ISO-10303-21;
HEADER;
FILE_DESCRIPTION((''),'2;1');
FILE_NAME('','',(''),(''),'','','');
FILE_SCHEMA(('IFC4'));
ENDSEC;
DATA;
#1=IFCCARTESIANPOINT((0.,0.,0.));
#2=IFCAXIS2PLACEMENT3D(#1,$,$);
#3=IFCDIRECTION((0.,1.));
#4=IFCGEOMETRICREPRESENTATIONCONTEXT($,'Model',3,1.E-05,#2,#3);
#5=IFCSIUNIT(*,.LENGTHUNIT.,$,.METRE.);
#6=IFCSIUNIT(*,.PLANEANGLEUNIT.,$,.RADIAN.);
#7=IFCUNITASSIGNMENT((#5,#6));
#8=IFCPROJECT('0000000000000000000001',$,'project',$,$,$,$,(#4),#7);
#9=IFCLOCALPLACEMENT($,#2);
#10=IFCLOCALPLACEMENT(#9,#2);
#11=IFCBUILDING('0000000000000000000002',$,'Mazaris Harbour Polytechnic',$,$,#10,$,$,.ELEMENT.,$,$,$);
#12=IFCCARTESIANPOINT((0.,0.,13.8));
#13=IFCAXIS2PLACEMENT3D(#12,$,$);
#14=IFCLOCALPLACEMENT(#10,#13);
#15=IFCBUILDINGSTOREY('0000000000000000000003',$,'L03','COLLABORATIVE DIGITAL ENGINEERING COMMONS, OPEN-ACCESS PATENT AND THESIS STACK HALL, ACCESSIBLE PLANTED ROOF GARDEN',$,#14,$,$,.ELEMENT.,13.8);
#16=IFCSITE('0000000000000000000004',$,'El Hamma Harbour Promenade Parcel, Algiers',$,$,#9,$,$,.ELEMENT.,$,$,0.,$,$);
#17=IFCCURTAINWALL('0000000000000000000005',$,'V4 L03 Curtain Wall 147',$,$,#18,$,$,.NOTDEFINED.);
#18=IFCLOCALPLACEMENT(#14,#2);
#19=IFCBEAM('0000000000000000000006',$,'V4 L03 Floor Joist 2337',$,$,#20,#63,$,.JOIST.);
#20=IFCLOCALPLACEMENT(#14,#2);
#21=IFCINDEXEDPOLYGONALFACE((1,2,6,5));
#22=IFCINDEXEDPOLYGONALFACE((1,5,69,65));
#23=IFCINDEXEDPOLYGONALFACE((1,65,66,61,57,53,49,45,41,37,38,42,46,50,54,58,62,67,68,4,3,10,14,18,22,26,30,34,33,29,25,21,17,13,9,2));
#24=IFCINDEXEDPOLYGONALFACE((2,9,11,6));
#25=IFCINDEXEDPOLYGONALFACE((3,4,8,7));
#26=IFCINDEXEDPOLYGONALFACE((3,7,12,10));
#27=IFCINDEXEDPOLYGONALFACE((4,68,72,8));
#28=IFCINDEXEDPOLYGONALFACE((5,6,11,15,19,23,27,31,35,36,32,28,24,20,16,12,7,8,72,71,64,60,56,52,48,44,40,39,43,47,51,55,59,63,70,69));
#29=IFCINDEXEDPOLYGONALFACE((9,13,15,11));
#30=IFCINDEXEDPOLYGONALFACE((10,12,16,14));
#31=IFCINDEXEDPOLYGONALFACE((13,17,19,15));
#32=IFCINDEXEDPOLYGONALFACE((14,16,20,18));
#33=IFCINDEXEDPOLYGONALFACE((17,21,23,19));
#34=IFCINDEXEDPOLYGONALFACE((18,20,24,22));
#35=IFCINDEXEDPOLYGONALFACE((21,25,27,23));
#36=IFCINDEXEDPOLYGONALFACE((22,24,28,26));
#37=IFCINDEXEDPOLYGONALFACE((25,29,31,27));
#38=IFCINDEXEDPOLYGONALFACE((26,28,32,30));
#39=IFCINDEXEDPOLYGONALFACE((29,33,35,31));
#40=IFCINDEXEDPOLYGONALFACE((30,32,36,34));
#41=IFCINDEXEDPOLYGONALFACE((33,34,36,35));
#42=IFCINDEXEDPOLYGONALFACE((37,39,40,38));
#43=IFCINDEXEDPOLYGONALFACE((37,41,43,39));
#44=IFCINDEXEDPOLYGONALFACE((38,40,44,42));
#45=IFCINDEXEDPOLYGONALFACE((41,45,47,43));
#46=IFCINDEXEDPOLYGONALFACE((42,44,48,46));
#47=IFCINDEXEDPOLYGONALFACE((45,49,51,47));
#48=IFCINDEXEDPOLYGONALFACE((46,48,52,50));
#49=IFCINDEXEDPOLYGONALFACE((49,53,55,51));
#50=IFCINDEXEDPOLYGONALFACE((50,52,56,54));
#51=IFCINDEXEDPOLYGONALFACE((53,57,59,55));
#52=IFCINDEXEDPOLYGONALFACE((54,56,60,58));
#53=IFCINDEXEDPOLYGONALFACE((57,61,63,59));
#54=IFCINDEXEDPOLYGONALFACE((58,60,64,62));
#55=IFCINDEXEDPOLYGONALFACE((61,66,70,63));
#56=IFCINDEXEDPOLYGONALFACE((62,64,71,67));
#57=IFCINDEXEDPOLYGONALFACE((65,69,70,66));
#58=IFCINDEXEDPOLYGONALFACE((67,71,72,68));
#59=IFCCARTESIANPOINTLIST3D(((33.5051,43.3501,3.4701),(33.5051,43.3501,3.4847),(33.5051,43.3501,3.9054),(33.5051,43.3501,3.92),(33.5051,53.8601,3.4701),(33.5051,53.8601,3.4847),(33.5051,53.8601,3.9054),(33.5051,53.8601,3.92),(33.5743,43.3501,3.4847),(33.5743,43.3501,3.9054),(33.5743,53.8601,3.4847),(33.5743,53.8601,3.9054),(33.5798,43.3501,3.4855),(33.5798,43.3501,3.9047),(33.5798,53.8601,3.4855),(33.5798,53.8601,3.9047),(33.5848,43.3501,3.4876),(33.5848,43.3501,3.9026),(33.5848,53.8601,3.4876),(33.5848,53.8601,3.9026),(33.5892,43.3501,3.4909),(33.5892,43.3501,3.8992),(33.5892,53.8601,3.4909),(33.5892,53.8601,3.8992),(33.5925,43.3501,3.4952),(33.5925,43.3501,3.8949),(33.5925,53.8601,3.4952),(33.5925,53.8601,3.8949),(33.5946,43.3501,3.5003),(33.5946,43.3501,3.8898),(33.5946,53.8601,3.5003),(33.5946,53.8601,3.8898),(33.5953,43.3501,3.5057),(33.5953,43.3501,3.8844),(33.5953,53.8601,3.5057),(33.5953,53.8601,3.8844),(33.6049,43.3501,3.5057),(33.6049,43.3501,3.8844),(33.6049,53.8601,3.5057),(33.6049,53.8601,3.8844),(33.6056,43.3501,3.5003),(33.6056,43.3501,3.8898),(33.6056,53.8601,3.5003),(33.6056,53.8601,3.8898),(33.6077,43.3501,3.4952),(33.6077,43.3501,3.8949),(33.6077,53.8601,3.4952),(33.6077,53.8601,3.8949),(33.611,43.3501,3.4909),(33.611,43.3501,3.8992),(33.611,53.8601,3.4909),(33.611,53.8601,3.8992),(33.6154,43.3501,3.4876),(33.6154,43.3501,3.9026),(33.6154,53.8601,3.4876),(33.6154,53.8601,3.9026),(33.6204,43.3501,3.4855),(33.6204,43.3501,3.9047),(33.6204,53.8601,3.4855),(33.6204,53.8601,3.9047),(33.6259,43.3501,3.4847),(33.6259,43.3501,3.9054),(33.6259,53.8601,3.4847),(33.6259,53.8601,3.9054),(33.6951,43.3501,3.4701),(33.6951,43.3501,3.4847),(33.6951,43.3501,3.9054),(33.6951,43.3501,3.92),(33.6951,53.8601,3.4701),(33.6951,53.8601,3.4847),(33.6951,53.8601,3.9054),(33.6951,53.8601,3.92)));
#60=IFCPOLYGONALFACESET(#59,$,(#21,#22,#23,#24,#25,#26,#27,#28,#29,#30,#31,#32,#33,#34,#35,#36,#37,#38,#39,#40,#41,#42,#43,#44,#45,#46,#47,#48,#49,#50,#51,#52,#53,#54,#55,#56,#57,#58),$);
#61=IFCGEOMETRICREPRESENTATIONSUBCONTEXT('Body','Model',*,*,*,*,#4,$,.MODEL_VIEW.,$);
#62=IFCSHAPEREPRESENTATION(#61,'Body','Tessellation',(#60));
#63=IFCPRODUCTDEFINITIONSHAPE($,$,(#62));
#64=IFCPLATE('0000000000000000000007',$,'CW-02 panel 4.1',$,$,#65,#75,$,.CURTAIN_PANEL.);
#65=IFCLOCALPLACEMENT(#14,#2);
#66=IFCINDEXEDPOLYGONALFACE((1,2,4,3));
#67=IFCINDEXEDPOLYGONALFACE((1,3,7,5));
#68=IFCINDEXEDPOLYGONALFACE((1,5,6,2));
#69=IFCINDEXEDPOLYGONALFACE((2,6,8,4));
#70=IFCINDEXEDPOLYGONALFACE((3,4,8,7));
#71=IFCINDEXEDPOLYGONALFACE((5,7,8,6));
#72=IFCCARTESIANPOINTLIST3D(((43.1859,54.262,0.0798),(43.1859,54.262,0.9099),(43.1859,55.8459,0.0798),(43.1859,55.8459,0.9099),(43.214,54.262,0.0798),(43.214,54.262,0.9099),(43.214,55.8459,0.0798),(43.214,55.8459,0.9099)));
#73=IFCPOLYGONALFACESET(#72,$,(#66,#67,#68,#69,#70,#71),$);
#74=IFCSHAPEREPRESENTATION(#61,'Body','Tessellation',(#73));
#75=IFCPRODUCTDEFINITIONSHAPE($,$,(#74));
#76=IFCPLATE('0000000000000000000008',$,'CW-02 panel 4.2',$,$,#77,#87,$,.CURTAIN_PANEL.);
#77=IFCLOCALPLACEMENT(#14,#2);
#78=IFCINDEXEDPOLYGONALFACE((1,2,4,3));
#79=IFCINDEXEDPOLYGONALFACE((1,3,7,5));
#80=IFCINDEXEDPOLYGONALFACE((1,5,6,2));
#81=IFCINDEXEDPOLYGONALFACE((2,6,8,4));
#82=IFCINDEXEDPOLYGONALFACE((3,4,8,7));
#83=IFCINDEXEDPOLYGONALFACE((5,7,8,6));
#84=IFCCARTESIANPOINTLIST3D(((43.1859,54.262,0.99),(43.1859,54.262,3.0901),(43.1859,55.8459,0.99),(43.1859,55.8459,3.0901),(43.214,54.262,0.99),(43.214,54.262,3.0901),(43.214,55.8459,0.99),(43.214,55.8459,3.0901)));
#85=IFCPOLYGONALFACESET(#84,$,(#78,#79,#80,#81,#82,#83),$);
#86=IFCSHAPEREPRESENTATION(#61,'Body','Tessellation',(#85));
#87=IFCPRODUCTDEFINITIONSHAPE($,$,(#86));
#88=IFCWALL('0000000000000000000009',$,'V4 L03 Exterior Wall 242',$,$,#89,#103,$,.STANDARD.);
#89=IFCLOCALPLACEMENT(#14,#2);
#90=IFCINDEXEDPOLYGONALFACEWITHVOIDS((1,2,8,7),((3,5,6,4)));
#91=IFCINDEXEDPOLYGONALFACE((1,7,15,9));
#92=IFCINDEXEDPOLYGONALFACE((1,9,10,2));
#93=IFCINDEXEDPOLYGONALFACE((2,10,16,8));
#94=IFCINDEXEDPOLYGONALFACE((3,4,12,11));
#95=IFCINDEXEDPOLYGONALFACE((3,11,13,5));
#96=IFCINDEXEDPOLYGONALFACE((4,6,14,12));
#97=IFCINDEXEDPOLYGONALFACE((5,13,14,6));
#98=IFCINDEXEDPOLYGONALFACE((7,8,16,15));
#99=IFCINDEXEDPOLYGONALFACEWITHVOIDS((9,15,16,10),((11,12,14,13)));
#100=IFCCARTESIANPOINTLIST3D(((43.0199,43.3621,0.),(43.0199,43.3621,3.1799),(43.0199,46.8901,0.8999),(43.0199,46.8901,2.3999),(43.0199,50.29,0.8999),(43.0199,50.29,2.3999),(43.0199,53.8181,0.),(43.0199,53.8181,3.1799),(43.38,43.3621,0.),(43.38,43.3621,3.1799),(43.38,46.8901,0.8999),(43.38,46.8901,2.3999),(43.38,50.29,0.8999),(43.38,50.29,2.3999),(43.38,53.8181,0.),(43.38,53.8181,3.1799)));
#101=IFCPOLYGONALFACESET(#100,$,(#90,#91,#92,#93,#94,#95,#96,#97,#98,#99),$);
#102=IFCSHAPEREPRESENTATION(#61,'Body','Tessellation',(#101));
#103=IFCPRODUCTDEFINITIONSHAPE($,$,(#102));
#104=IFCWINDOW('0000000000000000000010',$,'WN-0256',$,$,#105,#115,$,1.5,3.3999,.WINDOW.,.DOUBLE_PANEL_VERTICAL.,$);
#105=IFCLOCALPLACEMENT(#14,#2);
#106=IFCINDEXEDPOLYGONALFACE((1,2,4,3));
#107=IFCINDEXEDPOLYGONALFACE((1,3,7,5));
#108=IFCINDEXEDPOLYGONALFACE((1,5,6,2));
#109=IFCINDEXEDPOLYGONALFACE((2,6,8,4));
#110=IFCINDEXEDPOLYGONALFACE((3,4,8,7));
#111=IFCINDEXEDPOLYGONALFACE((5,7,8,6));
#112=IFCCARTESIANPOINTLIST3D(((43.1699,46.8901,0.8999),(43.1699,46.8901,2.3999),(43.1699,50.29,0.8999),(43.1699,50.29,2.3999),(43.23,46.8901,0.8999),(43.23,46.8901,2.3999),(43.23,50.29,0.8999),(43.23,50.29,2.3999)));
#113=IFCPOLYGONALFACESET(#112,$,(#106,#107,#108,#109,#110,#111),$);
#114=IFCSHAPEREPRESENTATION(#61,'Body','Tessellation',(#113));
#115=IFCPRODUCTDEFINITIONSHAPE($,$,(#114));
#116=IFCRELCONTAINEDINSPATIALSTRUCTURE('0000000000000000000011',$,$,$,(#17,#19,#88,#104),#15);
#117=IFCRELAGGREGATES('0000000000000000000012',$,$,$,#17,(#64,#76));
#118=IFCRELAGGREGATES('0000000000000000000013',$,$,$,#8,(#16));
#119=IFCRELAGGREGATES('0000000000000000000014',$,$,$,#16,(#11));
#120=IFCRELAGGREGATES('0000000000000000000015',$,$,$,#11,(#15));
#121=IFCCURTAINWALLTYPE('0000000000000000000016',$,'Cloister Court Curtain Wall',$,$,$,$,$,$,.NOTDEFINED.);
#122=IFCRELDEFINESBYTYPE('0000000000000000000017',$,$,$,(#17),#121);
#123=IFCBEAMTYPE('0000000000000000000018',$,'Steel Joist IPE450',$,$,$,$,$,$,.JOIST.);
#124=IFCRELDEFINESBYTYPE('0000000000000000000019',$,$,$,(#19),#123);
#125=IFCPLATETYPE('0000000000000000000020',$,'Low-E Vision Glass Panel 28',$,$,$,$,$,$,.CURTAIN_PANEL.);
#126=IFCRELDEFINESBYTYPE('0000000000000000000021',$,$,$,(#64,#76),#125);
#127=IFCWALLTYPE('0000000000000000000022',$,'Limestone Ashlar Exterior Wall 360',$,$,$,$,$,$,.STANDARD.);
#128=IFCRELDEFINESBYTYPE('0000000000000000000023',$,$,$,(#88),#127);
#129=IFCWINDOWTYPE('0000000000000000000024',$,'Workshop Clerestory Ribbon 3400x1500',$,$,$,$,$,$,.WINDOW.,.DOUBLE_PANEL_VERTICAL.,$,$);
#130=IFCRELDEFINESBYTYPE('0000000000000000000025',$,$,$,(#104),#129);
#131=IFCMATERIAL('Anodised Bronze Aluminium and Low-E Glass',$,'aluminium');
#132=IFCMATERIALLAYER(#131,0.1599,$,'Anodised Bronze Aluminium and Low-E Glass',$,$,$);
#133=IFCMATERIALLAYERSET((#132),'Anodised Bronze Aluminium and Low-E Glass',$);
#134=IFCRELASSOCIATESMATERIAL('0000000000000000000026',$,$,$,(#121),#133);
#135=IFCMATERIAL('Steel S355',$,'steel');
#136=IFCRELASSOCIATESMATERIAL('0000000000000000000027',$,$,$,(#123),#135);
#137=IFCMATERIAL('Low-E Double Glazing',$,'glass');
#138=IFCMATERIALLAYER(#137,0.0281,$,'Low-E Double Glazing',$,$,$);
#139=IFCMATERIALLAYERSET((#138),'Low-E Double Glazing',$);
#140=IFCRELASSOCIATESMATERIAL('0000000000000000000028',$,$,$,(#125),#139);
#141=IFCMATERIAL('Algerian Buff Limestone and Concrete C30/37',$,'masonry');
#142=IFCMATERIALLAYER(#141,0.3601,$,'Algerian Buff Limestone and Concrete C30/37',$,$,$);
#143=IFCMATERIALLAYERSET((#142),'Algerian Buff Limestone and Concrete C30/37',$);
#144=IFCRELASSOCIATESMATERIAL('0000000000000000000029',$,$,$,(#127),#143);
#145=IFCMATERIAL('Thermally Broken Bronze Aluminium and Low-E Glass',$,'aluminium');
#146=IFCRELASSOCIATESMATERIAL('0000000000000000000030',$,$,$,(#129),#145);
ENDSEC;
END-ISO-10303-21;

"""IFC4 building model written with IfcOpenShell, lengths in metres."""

from ifc_helpers import new_model, si_unit, direction, frame, frame_2d, origin, origin_2d, place, context, subcontext, project, spatial, rectangle, i_section, extrude, material, layer, layer_set, material_profile, profile_set, type_object, element, fill, aggregate, save


model = new_model("IFC4")

# Units and contexts
model_context = context("Model", 3, precision=1e-05, world=origin(), true_north=direction((0.0, 1.0)))
body_context = subcontext(model_context, "Body", "Model", "MODEL_VIEW")
ifc_project = project(units=[si_unit("LENGTHUNIT", "METRE"), si_unit("PLANEANGLEUNIT", "RADIAN")], contexts=[model_context])

# Site, building, storey
site_placement = place(None, origin())
site = spatial("IfcSite", under=ifc_project, at=site_placement, Name="El Hamma Harbour Promenade Parcel, Algiers", CompositionType="ELEMENT", RefElevation=0.0)
building_placement = place(site_placement, origin())
building = spatial("IfcBuilding", under=site, at=building_placement, Name="Mazaris Harbour Polytechnic", CompositionType="ELEMENT")
storey_placement = place(building_placement, frame((0.0, 0.0, 13.8)))
storey = spatial("IfcBuildingStorey", under=building, at=storey_placement, Name="L03", Description="COLLABORATIVE DIGITAL ENGINEERING COMMONS, OPEN-ACCESS PATENT AND THESIS STACK HALL, ACCESSIBLE PLANTED ROOF GARDEN", CompositionType="ELEMENT", Elevation=13.8)

# Curtain wall
ifc_material_1 = material(Name="Anodised Bronze Aluminium and Low-E Glass", Category="aluminium")
ifc_layer_1 = layer(ifc_material_1, 0.1599, Name="Anodised Bronze Aluminium and Low-E Glass")
ifc_layer_set_1 = layer_set([ifc_layer_1], Name="Anodised Bronze Aluminium and Low-E Glass")
curtain_wall_type = type_object("IfcCurtainWallType", Name="Cloister Court Curtain Wall", PredefinedType="NOTDEFINED", material=ifc_layer_set_1)
curtain_wall_1_placement = place(storey_placement, origin())
curtain_wall_1 = element("IfcCurtainWall", 1, at=curtain_wall_1_placement, inside=storey, type_object=curtain_wall_type, Name="V4 L03 Curtain Wall 147", PredefinedType="NOTDEFINED")

# Beam
ifc_material_2 = material(Name="Steel S355", Category="steel")
ifc_material_profile_1 = material_profile(ifc_material_2, i_section(OverallWidth=0.1899, OverallDepth=0.45, WebThickness=0.0095, FlangeThickness=0.0146, FilletRadius=0.021, at=origin_2d()), Name="IPE 450")
ifc_profile_set_1 = profile_set([ifc_material_profile_1], Name="Steel S355")
beam_type_1 = type_object("IfcBeamType", Name="Steel Joist IPE450", PredefinedType="JOIST", material=ifc_profile_set_1)
beam_1_placement = place(storey_placement, frame((33.6001, 43.3501, 3.6951), z_axis=(0.0, 1.0, 0.0), x_axis=(-1.0, 0.0, 0.0)))
element("IfcBeam", 2, at=beam_1_placement, inside=storey, type_object=beam_type_1, Name="V4 L03 Floor Joist 2337", PredefinedType="JOIST", context=body_context, shape_type="SweptSolid", body=[
    extrude(i_section(OverallWidth=0.1899, OverallDepth=0.45, WebThickness=0.0095, FlangeThickness=0.0146, FilletRadius=0.021, at=origin_2d()), origin(), (0.0, 0.0, 1.0), 10.51),
])

# Plates
ifc_material_3 = material(Name="Low-E Double Glazing", Category="glass")
ifc_layer_2 = layer(ifc_material_3, 0.0281, Name="Low-E Double Glazing")
ifc_layer_set_2 = layer_set([ifc_layer_2], Name="Low-E Double Glazing")
plate_type = type_object("IfcPlateType", Name="Low-E Vision Glass Panel 28", PredefinedType="CURTAIN_PANEL", material=ifc_layer_set_2)
plate_1_placement = place(storey_placement, frame((43.2, 55.054, 0.0798), z_axis=(0.0, 0.0, 1.0), x_axis=(0.0, -1.0, 0.0)))
plate_1 = element("IfcPlate", 3, at=plate_1_placement, type_object=plate_type, Name="CW-02 panel 4.1", PredefinedType="CURTAIN_PANEL", context=body_context, shape_type="SweptSolid", body=[
    extrude(rectangle(XDim=1.584, YDim=0.0281, at=origin_2d()), origin(), (0.0, 0.0, 1.0), 0.8301),
])
plate_2_placement = place(storey_placement, frame((43.2, 55.054, 0.99), z_axis=(0.0, 0.0, 1.0), x_axis=(0.0, -1.0, 0.0)))
plate_2 = element("IfcPlate", 4, at=plate_2_placement, type_object=plate_type, Name="CW-02 panel 4.2", PredefinedType="CURTAIN_PANEL", context=body_context, shape_type="SweptSolid", body=[
    extrude(rectangle(XDim=1.584, YDim=0.0281, at=origin_2d()), origin(), (0.0, 0.0, 1.0), 2.1001),
])
aggregate(curtain_wall_1, [plate_1, plate_2])

# Wall, opening, window
ifc_material_4 = material(Name="Algerian Buff Limestone and Concrete C30/37", Category="masonry")
ifc_layer_3 = layer(ifc_material_4, 0.3601, Name="Algerian Buff Limestone and Concrete C30/37")
ifc_layer_set_3 = layer_set([ifc_layer_3], Name="Algerian Buff Limestone and Concrete C30/37")
wall_type = type_object("IfcWallType", Name="Limestone Ashlar Exterior Wall 360", PredefinedType="STANDARD", material=ifc_layer_set_3)
wall_placement = place(storey_placement, frame((43.2, 53.8181, 0.0), z_axis=(0.0, 0.0, 1.0), x_axis=(0.0, -1.0, 0.0)))
wall = element("IfcWall", 5, at=wall_placement, inside=storey, type_object=wall_type, Name="V4 L03 Exterior Wall 242", PredefinedType="STANDARD", context=body_context, shape_type="SweptSolid", body=[
    extrude(rectangle(XDim=10.4561, YDim=0.3601, at=frame_2d((5.228, 0.0))), origin(), (0.0, 0.0, 1.0), 3.1799),
])
opening_placement = place(wall_placement, frame((3.5281, 0.0, 0.8999)))
opening = element("IfcOpeningElement", 6, at=opening_placement, cuts=wall, PredefinedType="OPENING", context=body_context, shape_type="SweptSolid", body=[
    extrude(rectangle(XDim=3.3999, YDim=1.5, at=frame_2d((1.7, 0.75))), frame((0.0, 0.1899, 0.0), z_axis=(0.0, -1.0, 0.0), x_axis=(1.0, 0.0, 0.0)), (0.0, 0.0, 1.0), 0.3801),
])
ifc_material_5 = material(Name="Thermally Broken Bronze Aluminium and Low-E Glass", Category="aluminium")
window_type = type_object("IfcWindowType", Name="Workshop Clerestory Ribbon 3400x1500", PartitioningType="DOUBLE_PANEL_VERTICAL", PredefinedType="WINDOW", material=ifc_material_5)
window_placement = place(opening_placement, origin())
window = element("IfcWindow", 7, at=window_placement, inside=storey, type_object=window_type, Name="WN-0256", OverallHeight=1.5, OverallWidth=3.3999, PartitioningType="DOUBLE_PANEL_VERTICAL", PredefinedType="WINDOW", context=body_context, shape_type="SweptSolid", body=[
    extrude(rectangle(XDim=3.3999, YDim=1.5, at=frame_2d((1.7, 0.75))), frame((0.0, 0.03, 0.0), z_axis=(0.0, -1.0, 0.0), x_axis=(1.0, 0.0, 0.0)), (0.0, 0.0, 1.0), 0.0601),
])
fill(opening, window)

save(model, "model.ifc")
